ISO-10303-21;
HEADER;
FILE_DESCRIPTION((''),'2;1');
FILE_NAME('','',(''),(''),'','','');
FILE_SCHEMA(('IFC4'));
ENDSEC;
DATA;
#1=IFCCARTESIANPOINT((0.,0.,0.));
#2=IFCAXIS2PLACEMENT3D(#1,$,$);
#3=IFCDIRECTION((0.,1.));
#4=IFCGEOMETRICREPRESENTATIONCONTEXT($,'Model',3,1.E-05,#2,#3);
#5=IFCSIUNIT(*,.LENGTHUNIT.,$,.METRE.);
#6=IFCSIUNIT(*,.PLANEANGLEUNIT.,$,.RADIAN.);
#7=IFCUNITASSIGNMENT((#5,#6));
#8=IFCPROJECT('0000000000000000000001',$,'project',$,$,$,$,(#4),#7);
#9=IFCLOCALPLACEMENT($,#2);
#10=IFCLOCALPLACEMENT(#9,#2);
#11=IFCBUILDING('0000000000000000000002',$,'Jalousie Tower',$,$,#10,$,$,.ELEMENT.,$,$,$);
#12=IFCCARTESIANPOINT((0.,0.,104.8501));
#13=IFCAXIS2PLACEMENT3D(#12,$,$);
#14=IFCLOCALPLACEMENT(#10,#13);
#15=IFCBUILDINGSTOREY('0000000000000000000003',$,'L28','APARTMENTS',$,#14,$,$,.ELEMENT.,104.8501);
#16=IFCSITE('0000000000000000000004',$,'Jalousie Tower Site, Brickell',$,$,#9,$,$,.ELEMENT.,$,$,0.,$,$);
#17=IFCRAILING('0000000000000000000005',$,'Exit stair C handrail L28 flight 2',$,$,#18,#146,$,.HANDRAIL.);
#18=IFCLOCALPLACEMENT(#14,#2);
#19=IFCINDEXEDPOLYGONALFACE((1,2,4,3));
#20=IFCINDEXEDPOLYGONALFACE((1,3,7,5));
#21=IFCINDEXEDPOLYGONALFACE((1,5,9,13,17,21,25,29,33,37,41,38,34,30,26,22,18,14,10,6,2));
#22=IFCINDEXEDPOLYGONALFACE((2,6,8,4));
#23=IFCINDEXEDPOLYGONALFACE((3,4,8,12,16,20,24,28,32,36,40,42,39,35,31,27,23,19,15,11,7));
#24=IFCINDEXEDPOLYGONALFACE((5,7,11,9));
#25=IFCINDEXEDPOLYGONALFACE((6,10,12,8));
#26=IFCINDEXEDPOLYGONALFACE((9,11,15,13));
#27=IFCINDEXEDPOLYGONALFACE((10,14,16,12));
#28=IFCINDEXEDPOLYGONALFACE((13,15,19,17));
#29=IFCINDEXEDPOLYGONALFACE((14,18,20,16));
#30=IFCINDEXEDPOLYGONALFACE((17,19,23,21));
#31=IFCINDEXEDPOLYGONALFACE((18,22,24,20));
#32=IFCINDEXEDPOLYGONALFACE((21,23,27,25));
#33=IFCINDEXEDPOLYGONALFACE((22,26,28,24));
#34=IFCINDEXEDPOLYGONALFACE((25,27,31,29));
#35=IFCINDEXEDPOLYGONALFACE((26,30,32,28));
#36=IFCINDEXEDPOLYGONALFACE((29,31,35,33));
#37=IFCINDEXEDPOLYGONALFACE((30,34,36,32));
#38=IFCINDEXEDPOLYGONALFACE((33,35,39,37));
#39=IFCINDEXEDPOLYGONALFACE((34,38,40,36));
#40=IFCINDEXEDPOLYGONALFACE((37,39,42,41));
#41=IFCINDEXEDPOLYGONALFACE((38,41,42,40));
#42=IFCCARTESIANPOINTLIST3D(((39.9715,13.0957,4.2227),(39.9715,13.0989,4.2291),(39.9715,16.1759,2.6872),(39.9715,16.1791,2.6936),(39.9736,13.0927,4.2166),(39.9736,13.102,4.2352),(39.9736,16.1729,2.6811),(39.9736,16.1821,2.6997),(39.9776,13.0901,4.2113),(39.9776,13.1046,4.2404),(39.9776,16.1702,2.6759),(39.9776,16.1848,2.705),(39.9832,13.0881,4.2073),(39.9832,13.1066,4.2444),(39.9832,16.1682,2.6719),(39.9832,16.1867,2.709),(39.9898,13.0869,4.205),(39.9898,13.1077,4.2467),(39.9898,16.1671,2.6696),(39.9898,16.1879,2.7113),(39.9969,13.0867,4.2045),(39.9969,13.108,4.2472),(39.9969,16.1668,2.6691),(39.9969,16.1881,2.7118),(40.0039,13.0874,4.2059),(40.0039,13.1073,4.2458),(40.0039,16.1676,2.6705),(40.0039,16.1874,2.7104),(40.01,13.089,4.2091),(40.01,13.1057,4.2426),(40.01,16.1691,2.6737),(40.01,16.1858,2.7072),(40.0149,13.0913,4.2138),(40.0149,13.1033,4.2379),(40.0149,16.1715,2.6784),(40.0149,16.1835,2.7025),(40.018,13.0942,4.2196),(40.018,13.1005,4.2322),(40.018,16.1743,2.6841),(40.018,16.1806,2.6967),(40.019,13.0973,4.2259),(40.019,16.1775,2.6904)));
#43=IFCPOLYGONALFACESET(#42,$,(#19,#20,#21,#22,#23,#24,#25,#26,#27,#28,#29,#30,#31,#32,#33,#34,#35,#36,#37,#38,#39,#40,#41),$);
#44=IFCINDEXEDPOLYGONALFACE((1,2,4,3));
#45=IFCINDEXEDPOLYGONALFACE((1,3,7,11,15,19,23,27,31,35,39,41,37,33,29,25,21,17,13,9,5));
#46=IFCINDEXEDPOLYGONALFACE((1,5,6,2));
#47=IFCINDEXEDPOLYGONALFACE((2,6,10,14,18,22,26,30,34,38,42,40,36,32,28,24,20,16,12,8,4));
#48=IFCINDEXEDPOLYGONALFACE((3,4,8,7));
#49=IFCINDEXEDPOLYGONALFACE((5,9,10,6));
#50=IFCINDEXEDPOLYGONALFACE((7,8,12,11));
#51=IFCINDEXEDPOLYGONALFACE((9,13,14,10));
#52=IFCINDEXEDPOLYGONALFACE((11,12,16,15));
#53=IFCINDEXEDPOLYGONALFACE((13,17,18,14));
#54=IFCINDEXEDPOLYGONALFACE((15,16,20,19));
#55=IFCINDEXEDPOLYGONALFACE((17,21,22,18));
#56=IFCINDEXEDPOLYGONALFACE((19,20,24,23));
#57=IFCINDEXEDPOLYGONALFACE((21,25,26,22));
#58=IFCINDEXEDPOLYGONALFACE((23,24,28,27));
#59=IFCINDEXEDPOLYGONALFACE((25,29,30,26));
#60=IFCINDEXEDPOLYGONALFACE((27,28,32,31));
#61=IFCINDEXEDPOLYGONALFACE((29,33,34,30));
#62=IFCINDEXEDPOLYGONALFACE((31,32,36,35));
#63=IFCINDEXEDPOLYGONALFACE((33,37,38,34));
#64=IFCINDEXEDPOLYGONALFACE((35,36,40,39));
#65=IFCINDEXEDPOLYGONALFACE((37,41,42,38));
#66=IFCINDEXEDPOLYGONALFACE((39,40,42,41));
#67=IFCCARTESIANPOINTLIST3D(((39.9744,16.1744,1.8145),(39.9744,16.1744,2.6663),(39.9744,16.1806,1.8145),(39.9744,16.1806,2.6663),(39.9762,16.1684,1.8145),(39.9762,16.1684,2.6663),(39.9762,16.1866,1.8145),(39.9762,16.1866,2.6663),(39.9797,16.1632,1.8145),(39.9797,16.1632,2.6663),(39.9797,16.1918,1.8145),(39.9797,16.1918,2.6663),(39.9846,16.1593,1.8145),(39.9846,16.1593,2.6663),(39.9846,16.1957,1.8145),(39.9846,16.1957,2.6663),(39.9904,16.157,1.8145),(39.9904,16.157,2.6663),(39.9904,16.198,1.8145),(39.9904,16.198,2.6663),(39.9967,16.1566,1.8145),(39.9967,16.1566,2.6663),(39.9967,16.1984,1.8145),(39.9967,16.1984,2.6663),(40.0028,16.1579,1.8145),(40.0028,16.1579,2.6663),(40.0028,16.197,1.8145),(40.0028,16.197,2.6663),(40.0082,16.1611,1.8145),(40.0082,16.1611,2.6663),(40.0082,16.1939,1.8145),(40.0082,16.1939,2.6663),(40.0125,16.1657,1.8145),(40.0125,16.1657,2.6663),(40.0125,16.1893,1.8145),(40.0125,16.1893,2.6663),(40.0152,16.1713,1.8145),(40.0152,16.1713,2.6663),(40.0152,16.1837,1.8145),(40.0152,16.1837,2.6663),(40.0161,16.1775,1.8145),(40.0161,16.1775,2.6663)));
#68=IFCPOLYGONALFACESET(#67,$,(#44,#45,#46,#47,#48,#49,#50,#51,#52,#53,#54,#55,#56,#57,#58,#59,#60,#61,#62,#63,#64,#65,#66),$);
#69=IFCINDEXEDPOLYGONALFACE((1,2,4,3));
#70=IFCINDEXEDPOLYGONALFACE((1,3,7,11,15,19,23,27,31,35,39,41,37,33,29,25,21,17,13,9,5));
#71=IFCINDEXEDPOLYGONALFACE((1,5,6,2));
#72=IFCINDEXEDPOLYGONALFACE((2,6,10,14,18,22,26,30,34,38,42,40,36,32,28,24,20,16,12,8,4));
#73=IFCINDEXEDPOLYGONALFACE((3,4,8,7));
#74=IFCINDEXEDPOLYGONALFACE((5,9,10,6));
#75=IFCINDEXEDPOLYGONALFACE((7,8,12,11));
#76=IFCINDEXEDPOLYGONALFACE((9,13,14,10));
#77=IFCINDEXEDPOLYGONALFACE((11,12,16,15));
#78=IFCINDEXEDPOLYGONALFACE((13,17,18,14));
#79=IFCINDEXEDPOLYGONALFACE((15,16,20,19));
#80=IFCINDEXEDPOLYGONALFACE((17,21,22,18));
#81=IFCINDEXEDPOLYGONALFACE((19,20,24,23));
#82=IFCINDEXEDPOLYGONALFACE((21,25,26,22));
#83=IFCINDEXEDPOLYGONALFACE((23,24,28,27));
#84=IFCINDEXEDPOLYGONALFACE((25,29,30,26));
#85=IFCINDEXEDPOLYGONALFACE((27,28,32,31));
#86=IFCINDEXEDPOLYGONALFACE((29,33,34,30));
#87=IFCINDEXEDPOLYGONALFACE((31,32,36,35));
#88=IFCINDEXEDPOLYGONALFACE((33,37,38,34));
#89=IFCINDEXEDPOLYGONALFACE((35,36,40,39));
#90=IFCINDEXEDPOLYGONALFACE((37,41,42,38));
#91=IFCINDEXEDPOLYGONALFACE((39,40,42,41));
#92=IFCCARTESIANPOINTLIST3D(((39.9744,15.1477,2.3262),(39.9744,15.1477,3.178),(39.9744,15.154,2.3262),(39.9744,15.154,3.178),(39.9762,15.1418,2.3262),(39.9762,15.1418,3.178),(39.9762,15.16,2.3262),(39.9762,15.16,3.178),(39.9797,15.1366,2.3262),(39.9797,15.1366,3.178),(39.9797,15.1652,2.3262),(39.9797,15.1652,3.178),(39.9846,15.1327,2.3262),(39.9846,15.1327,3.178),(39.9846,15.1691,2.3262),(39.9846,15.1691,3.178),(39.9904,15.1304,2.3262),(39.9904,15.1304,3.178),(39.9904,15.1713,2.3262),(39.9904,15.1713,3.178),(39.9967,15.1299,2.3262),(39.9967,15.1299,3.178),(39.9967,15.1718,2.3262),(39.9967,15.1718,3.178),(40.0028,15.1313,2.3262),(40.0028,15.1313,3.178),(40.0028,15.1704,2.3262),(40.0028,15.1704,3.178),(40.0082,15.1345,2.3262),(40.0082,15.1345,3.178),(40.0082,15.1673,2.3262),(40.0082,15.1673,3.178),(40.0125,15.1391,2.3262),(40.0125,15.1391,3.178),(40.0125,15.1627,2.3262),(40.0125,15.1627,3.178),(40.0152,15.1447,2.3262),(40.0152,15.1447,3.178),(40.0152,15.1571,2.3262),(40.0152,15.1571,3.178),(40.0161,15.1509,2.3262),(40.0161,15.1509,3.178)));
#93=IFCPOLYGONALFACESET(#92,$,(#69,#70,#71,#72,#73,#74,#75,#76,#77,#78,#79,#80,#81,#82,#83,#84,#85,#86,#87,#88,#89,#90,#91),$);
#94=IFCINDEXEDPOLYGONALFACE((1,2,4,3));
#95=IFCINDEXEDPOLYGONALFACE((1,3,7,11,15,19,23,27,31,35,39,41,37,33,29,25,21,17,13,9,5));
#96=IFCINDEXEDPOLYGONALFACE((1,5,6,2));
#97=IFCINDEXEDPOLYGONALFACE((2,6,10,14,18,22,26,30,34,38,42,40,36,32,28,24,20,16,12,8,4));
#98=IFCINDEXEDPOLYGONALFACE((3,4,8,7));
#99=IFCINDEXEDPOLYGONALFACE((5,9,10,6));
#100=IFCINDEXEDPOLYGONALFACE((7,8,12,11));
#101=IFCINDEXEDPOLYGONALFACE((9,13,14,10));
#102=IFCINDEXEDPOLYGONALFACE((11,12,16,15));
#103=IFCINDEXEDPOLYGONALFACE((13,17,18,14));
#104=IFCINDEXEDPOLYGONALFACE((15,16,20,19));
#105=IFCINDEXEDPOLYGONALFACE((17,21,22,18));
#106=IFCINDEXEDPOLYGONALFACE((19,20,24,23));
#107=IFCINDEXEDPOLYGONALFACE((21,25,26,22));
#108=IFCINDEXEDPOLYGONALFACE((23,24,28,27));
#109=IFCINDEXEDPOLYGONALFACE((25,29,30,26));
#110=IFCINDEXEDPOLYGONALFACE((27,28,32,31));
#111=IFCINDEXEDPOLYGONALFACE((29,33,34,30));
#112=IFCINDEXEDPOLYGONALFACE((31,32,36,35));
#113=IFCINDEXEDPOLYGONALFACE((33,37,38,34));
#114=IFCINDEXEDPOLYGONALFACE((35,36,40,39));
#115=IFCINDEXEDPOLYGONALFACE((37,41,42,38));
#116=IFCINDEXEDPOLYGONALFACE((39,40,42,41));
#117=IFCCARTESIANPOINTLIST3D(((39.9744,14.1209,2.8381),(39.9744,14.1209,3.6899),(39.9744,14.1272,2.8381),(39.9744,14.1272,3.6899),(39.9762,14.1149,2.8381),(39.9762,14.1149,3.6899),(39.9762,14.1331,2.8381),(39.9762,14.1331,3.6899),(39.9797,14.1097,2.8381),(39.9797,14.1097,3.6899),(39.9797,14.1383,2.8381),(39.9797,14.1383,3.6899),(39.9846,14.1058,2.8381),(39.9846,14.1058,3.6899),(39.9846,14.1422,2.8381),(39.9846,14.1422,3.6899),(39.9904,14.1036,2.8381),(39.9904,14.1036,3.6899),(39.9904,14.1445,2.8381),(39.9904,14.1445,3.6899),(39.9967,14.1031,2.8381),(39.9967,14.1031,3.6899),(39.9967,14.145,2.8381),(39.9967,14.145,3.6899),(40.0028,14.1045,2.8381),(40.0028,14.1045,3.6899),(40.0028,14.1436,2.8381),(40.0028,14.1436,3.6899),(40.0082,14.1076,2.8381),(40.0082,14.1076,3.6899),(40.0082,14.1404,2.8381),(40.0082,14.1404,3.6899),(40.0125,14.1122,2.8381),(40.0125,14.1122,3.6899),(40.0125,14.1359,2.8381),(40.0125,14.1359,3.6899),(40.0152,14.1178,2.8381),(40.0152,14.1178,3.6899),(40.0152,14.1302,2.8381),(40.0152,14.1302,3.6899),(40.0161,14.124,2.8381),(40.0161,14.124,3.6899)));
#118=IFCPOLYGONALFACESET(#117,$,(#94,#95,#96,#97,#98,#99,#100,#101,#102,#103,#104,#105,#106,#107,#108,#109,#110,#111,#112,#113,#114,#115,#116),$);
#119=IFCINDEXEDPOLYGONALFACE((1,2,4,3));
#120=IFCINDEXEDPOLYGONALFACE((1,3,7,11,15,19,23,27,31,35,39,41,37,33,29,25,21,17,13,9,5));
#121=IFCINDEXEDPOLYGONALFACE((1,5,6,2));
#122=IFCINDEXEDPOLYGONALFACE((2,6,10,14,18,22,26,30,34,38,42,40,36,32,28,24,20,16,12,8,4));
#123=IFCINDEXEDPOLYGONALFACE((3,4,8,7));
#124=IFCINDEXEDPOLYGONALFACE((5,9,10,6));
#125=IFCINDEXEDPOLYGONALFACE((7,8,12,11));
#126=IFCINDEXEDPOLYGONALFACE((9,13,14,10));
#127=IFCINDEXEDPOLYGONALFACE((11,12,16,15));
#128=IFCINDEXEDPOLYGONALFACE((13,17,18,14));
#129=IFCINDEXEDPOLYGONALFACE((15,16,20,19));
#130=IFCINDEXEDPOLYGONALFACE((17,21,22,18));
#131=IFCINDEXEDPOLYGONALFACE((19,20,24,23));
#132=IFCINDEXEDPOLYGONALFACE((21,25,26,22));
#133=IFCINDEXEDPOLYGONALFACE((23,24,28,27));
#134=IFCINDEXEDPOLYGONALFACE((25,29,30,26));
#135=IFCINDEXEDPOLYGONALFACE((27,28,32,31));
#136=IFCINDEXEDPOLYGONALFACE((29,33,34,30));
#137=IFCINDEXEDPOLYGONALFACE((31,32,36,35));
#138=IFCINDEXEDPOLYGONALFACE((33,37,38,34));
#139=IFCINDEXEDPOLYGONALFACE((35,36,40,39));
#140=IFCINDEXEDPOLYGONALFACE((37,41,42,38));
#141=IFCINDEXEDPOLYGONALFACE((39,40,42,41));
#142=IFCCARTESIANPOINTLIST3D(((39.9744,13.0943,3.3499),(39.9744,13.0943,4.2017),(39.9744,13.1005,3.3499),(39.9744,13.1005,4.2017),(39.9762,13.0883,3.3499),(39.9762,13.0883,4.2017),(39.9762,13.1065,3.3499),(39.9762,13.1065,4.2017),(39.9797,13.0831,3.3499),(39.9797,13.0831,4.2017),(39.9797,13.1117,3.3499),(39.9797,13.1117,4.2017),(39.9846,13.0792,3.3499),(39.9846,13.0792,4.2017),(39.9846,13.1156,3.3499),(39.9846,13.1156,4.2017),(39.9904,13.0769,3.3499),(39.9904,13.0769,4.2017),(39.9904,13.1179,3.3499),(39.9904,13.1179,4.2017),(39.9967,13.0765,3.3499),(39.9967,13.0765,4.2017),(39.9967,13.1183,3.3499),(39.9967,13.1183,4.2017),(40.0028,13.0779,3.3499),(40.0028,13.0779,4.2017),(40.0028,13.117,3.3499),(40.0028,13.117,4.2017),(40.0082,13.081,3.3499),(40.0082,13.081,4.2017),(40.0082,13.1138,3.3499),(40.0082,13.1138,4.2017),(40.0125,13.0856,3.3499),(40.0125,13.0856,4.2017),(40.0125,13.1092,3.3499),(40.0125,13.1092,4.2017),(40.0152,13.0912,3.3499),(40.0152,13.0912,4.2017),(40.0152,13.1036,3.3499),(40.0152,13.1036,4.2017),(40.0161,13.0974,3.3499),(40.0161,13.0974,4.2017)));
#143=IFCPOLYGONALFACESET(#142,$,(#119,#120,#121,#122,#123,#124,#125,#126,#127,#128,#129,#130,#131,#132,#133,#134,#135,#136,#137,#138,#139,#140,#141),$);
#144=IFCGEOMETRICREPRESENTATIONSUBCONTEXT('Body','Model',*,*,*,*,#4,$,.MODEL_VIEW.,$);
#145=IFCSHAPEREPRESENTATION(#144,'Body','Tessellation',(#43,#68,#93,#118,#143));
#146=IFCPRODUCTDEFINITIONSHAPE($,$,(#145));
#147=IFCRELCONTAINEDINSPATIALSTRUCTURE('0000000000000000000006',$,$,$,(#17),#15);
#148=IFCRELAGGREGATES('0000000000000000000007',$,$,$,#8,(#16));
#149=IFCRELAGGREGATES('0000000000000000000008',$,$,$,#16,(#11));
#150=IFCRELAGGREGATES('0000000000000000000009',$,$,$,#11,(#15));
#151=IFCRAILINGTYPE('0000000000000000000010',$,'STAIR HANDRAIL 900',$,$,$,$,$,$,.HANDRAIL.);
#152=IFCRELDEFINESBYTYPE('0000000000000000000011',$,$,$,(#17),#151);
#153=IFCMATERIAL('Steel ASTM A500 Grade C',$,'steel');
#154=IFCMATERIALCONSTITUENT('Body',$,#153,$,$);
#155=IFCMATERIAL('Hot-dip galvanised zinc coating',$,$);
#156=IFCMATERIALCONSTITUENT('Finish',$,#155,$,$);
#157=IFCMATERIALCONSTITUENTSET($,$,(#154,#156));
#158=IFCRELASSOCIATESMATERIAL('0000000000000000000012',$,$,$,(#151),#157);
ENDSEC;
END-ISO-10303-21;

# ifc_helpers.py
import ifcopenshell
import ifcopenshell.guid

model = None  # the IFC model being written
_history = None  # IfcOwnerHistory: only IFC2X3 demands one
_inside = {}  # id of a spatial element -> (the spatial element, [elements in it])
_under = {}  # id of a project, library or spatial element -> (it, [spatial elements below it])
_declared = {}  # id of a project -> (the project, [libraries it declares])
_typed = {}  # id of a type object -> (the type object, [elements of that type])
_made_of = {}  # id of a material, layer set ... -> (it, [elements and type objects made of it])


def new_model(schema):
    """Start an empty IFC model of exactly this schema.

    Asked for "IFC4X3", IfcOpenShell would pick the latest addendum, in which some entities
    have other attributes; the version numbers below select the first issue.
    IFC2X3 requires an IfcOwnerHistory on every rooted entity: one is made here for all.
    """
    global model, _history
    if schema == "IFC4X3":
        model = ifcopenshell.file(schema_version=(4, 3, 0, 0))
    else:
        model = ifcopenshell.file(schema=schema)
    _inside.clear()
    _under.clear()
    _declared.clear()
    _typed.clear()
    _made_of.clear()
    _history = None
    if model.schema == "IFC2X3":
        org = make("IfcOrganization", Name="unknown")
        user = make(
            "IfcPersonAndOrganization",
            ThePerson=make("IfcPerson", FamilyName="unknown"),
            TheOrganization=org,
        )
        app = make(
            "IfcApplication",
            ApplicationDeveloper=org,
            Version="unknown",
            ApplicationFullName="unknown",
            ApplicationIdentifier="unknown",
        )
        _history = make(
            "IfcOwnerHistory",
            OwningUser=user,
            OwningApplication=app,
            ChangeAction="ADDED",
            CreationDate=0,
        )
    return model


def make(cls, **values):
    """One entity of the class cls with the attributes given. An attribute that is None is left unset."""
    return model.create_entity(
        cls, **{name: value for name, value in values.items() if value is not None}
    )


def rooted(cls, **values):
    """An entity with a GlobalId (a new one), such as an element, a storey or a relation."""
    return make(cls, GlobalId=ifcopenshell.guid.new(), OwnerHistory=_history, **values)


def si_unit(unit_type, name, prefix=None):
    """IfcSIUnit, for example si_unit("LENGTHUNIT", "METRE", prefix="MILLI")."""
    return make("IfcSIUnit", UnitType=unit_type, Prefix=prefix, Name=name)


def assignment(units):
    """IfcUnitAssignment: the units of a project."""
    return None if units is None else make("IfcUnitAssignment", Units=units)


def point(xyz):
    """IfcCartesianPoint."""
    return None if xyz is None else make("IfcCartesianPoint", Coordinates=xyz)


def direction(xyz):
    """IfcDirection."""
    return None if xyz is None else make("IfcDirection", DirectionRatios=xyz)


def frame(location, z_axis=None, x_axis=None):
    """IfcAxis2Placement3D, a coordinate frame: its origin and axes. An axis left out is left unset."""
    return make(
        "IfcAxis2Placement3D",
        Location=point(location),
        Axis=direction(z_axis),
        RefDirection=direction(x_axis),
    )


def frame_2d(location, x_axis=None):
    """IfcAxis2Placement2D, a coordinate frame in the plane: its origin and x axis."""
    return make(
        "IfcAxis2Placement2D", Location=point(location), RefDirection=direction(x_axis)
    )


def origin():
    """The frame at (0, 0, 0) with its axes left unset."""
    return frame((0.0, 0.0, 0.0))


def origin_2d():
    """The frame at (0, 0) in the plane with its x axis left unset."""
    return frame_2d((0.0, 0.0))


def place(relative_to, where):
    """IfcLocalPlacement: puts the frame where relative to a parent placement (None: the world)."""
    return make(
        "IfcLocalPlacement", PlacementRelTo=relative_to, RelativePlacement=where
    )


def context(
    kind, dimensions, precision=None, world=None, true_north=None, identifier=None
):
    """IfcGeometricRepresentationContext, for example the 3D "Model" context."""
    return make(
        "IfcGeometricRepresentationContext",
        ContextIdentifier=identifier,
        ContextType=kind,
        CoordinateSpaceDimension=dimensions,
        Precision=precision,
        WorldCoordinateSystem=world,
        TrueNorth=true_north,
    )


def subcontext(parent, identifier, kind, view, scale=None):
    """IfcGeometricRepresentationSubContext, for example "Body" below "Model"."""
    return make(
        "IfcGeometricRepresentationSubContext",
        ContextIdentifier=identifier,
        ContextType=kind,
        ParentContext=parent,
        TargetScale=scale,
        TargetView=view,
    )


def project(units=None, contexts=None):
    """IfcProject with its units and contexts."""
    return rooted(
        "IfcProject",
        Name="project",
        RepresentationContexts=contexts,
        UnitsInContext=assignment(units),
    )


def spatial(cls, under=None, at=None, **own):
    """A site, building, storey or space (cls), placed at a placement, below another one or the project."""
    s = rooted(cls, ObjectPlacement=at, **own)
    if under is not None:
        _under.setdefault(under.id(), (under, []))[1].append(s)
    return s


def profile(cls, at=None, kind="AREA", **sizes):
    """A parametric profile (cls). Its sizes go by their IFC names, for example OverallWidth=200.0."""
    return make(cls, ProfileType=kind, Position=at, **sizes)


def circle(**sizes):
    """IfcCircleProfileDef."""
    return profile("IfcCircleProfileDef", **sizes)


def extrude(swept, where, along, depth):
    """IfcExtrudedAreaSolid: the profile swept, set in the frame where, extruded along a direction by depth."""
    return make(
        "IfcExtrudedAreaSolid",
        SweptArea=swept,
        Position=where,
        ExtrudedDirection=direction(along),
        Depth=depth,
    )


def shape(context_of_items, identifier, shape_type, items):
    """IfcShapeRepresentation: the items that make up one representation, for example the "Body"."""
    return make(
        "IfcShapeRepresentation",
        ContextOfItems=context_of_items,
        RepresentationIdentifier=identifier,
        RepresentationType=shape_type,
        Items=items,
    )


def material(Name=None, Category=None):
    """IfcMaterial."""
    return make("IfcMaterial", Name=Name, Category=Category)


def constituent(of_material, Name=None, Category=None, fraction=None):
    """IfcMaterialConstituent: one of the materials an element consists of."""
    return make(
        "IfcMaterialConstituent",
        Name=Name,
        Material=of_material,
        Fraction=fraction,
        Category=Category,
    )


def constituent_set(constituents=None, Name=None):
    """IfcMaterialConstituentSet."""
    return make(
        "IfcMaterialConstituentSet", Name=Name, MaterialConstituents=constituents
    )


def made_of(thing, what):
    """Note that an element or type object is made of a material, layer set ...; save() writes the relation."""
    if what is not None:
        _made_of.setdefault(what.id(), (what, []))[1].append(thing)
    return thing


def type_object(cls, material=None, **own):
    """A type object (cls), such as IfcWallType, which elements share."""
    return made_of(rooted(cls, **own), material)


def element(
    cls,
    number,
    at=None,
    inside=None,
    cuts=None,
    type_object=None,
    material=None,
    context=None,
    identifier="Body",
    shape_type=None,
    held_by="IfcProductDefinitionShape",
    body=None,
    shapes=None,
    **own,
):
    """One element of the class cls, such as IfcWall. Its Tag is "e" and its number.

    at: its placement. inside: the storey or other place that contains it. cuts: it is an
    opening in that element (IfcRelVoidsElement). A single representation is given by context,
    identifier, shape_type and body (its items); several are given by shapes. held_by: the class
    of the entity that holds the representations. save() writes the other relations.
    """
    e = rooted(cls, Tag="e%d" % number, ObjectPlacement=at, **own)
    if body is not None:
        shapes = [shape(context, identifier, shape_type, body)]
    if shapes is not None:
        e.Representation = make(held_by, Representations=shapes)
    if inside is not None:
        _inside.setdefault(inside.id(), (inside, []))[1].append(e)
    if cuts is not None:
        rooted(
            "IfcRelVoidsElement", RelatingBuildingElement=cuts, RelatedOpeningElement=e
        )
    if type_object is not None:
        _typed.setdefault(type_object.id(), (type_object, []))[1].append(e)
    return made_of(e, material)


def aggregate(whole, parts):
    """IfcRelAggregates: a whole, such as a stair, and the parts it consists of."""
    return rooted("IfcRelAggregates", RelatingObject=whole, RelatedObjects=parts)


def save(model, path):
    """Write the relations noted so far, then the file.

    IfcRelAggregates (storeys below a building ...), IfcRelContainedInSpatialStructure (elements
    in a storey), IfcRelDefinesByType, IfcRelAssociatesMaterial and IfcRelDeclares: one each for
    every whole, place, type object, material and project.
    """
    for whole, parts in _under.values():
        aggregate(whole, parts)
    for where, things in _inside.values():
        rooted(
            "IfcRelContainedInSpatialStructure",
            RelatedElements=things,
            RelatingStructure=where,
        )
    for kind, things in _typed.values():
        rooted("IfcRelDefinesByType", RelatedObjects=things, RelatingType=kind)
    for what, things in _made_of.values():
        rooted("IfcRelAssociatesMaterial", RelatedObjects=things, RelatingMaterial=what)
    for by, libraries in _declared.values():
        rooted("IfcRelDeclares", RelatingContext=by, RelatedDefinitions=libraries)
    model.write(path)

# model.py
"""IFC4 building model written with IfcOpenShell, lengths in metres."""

from ifc_helpers import new_model, si_unit, direction, frame, origin, origin_2d, place, context, subcontext, project, spatial, circle, extrude, material, constituent, constituent_set, type_object, element, save


model = new_model("IFC4")

# Units and contexts
model_context = context("Model", 3, precision=1e-05, world=origin(), true_north=direction((0.0, 1.0)))
body_context = subcontext(model_context, "Body", "Model", "MODEL_VIEW")
ifc_project = project(units=[si_unit("LENGTHUNIT", "METRE"), si_unit("PLANEANGLEUNIT", "RADIAN")], contexts=[model_context])

# Site, building, storey
site_placement = place(None, origin())
site = spatial("IfcSite", under=ifc_project, at=site_placement, Name="Jalousie Tower Site, Brickell", CompositionType="ELEMENT", RefElevation=0.0)
building_placement = place(site_placement, origin())
building = spatial("IfcBuilding", under=site, at=building_placement, Name="Jalousie Tower", CompositionType="ELEMENT")
storey_placement = place(building_placement, frame((0.0, 0.0, 104.8501)))
storey = spatial("IfcBuildingStorey", under=building, at=storey_placement, Name="L28", Description="APARTMENTS", CompositionType="ELEMENT", Elevation=104.8501)

# Railing
ifc_material_1 = material(Name="Steel ASTM A500 Grade C", Category="steel")
ifc_constituent_1 = constituent(ifc_material_1, Name="Body")
ifc_material_2 = material(Name="Hot-dip galvanised zinc coating")
ifc_constituent_2 = constituent(ifc_material_2, Name="Finish")
ifc_constituent_set_1 = constituent_set(constituents=[ifc_constituent_1, ifc_constituent_2])
railing_type = type_object("IfcRailingType", Name="STAIR HANDRAIL 900", PredefinedType="HANDRAIL", material=ifc_constituent_set_1)
railing_1_placement = place(storey_placement, frame((39.9951, 16.1775, 1.8145)))
element("IfcRailing", 1, at=railing_1_placement, inside=storey, type_object=railing_type, Name="Exit stair C handrail L28 flight 2", PredefinedType="HANDRAIL", context=body_context, shape_type="SweptSolid", body=[
    extrude(circle(Radius=0.0239, at=origin_2d()), frame((0.0, 0.0, 0.876), z_axis=(0.0, -0.894966, 0.446135), x_axis=(1.0, 0.0, 0.0)), (0.0, 0.0, 1.0), 3.4417),
    extrude(circle(Radius=0.021, at=origin_2d()), origin(), (0.0, 0.0, 1.0), 0.8518),
    extrude(circle(Radius=0.021, at=origin_2d()), frame((0.0, -1.0266, 0.5117)), (0.0, 0.0, 1.0), 0.8518),
    extrude(circle(Radius=0.021, at=origin_2d()), frame((0.0, -2.0535, 1.0237)), (0.0, 0.0, 1.0), 0.8518),
    extrude(circle(Radius=0.021, at=origin_2d()), frame((0.0, -3.0801, 1.5354)), (0.0, 0.0, 1.0), 0.8518),
])

save(model, "model.ifc")
